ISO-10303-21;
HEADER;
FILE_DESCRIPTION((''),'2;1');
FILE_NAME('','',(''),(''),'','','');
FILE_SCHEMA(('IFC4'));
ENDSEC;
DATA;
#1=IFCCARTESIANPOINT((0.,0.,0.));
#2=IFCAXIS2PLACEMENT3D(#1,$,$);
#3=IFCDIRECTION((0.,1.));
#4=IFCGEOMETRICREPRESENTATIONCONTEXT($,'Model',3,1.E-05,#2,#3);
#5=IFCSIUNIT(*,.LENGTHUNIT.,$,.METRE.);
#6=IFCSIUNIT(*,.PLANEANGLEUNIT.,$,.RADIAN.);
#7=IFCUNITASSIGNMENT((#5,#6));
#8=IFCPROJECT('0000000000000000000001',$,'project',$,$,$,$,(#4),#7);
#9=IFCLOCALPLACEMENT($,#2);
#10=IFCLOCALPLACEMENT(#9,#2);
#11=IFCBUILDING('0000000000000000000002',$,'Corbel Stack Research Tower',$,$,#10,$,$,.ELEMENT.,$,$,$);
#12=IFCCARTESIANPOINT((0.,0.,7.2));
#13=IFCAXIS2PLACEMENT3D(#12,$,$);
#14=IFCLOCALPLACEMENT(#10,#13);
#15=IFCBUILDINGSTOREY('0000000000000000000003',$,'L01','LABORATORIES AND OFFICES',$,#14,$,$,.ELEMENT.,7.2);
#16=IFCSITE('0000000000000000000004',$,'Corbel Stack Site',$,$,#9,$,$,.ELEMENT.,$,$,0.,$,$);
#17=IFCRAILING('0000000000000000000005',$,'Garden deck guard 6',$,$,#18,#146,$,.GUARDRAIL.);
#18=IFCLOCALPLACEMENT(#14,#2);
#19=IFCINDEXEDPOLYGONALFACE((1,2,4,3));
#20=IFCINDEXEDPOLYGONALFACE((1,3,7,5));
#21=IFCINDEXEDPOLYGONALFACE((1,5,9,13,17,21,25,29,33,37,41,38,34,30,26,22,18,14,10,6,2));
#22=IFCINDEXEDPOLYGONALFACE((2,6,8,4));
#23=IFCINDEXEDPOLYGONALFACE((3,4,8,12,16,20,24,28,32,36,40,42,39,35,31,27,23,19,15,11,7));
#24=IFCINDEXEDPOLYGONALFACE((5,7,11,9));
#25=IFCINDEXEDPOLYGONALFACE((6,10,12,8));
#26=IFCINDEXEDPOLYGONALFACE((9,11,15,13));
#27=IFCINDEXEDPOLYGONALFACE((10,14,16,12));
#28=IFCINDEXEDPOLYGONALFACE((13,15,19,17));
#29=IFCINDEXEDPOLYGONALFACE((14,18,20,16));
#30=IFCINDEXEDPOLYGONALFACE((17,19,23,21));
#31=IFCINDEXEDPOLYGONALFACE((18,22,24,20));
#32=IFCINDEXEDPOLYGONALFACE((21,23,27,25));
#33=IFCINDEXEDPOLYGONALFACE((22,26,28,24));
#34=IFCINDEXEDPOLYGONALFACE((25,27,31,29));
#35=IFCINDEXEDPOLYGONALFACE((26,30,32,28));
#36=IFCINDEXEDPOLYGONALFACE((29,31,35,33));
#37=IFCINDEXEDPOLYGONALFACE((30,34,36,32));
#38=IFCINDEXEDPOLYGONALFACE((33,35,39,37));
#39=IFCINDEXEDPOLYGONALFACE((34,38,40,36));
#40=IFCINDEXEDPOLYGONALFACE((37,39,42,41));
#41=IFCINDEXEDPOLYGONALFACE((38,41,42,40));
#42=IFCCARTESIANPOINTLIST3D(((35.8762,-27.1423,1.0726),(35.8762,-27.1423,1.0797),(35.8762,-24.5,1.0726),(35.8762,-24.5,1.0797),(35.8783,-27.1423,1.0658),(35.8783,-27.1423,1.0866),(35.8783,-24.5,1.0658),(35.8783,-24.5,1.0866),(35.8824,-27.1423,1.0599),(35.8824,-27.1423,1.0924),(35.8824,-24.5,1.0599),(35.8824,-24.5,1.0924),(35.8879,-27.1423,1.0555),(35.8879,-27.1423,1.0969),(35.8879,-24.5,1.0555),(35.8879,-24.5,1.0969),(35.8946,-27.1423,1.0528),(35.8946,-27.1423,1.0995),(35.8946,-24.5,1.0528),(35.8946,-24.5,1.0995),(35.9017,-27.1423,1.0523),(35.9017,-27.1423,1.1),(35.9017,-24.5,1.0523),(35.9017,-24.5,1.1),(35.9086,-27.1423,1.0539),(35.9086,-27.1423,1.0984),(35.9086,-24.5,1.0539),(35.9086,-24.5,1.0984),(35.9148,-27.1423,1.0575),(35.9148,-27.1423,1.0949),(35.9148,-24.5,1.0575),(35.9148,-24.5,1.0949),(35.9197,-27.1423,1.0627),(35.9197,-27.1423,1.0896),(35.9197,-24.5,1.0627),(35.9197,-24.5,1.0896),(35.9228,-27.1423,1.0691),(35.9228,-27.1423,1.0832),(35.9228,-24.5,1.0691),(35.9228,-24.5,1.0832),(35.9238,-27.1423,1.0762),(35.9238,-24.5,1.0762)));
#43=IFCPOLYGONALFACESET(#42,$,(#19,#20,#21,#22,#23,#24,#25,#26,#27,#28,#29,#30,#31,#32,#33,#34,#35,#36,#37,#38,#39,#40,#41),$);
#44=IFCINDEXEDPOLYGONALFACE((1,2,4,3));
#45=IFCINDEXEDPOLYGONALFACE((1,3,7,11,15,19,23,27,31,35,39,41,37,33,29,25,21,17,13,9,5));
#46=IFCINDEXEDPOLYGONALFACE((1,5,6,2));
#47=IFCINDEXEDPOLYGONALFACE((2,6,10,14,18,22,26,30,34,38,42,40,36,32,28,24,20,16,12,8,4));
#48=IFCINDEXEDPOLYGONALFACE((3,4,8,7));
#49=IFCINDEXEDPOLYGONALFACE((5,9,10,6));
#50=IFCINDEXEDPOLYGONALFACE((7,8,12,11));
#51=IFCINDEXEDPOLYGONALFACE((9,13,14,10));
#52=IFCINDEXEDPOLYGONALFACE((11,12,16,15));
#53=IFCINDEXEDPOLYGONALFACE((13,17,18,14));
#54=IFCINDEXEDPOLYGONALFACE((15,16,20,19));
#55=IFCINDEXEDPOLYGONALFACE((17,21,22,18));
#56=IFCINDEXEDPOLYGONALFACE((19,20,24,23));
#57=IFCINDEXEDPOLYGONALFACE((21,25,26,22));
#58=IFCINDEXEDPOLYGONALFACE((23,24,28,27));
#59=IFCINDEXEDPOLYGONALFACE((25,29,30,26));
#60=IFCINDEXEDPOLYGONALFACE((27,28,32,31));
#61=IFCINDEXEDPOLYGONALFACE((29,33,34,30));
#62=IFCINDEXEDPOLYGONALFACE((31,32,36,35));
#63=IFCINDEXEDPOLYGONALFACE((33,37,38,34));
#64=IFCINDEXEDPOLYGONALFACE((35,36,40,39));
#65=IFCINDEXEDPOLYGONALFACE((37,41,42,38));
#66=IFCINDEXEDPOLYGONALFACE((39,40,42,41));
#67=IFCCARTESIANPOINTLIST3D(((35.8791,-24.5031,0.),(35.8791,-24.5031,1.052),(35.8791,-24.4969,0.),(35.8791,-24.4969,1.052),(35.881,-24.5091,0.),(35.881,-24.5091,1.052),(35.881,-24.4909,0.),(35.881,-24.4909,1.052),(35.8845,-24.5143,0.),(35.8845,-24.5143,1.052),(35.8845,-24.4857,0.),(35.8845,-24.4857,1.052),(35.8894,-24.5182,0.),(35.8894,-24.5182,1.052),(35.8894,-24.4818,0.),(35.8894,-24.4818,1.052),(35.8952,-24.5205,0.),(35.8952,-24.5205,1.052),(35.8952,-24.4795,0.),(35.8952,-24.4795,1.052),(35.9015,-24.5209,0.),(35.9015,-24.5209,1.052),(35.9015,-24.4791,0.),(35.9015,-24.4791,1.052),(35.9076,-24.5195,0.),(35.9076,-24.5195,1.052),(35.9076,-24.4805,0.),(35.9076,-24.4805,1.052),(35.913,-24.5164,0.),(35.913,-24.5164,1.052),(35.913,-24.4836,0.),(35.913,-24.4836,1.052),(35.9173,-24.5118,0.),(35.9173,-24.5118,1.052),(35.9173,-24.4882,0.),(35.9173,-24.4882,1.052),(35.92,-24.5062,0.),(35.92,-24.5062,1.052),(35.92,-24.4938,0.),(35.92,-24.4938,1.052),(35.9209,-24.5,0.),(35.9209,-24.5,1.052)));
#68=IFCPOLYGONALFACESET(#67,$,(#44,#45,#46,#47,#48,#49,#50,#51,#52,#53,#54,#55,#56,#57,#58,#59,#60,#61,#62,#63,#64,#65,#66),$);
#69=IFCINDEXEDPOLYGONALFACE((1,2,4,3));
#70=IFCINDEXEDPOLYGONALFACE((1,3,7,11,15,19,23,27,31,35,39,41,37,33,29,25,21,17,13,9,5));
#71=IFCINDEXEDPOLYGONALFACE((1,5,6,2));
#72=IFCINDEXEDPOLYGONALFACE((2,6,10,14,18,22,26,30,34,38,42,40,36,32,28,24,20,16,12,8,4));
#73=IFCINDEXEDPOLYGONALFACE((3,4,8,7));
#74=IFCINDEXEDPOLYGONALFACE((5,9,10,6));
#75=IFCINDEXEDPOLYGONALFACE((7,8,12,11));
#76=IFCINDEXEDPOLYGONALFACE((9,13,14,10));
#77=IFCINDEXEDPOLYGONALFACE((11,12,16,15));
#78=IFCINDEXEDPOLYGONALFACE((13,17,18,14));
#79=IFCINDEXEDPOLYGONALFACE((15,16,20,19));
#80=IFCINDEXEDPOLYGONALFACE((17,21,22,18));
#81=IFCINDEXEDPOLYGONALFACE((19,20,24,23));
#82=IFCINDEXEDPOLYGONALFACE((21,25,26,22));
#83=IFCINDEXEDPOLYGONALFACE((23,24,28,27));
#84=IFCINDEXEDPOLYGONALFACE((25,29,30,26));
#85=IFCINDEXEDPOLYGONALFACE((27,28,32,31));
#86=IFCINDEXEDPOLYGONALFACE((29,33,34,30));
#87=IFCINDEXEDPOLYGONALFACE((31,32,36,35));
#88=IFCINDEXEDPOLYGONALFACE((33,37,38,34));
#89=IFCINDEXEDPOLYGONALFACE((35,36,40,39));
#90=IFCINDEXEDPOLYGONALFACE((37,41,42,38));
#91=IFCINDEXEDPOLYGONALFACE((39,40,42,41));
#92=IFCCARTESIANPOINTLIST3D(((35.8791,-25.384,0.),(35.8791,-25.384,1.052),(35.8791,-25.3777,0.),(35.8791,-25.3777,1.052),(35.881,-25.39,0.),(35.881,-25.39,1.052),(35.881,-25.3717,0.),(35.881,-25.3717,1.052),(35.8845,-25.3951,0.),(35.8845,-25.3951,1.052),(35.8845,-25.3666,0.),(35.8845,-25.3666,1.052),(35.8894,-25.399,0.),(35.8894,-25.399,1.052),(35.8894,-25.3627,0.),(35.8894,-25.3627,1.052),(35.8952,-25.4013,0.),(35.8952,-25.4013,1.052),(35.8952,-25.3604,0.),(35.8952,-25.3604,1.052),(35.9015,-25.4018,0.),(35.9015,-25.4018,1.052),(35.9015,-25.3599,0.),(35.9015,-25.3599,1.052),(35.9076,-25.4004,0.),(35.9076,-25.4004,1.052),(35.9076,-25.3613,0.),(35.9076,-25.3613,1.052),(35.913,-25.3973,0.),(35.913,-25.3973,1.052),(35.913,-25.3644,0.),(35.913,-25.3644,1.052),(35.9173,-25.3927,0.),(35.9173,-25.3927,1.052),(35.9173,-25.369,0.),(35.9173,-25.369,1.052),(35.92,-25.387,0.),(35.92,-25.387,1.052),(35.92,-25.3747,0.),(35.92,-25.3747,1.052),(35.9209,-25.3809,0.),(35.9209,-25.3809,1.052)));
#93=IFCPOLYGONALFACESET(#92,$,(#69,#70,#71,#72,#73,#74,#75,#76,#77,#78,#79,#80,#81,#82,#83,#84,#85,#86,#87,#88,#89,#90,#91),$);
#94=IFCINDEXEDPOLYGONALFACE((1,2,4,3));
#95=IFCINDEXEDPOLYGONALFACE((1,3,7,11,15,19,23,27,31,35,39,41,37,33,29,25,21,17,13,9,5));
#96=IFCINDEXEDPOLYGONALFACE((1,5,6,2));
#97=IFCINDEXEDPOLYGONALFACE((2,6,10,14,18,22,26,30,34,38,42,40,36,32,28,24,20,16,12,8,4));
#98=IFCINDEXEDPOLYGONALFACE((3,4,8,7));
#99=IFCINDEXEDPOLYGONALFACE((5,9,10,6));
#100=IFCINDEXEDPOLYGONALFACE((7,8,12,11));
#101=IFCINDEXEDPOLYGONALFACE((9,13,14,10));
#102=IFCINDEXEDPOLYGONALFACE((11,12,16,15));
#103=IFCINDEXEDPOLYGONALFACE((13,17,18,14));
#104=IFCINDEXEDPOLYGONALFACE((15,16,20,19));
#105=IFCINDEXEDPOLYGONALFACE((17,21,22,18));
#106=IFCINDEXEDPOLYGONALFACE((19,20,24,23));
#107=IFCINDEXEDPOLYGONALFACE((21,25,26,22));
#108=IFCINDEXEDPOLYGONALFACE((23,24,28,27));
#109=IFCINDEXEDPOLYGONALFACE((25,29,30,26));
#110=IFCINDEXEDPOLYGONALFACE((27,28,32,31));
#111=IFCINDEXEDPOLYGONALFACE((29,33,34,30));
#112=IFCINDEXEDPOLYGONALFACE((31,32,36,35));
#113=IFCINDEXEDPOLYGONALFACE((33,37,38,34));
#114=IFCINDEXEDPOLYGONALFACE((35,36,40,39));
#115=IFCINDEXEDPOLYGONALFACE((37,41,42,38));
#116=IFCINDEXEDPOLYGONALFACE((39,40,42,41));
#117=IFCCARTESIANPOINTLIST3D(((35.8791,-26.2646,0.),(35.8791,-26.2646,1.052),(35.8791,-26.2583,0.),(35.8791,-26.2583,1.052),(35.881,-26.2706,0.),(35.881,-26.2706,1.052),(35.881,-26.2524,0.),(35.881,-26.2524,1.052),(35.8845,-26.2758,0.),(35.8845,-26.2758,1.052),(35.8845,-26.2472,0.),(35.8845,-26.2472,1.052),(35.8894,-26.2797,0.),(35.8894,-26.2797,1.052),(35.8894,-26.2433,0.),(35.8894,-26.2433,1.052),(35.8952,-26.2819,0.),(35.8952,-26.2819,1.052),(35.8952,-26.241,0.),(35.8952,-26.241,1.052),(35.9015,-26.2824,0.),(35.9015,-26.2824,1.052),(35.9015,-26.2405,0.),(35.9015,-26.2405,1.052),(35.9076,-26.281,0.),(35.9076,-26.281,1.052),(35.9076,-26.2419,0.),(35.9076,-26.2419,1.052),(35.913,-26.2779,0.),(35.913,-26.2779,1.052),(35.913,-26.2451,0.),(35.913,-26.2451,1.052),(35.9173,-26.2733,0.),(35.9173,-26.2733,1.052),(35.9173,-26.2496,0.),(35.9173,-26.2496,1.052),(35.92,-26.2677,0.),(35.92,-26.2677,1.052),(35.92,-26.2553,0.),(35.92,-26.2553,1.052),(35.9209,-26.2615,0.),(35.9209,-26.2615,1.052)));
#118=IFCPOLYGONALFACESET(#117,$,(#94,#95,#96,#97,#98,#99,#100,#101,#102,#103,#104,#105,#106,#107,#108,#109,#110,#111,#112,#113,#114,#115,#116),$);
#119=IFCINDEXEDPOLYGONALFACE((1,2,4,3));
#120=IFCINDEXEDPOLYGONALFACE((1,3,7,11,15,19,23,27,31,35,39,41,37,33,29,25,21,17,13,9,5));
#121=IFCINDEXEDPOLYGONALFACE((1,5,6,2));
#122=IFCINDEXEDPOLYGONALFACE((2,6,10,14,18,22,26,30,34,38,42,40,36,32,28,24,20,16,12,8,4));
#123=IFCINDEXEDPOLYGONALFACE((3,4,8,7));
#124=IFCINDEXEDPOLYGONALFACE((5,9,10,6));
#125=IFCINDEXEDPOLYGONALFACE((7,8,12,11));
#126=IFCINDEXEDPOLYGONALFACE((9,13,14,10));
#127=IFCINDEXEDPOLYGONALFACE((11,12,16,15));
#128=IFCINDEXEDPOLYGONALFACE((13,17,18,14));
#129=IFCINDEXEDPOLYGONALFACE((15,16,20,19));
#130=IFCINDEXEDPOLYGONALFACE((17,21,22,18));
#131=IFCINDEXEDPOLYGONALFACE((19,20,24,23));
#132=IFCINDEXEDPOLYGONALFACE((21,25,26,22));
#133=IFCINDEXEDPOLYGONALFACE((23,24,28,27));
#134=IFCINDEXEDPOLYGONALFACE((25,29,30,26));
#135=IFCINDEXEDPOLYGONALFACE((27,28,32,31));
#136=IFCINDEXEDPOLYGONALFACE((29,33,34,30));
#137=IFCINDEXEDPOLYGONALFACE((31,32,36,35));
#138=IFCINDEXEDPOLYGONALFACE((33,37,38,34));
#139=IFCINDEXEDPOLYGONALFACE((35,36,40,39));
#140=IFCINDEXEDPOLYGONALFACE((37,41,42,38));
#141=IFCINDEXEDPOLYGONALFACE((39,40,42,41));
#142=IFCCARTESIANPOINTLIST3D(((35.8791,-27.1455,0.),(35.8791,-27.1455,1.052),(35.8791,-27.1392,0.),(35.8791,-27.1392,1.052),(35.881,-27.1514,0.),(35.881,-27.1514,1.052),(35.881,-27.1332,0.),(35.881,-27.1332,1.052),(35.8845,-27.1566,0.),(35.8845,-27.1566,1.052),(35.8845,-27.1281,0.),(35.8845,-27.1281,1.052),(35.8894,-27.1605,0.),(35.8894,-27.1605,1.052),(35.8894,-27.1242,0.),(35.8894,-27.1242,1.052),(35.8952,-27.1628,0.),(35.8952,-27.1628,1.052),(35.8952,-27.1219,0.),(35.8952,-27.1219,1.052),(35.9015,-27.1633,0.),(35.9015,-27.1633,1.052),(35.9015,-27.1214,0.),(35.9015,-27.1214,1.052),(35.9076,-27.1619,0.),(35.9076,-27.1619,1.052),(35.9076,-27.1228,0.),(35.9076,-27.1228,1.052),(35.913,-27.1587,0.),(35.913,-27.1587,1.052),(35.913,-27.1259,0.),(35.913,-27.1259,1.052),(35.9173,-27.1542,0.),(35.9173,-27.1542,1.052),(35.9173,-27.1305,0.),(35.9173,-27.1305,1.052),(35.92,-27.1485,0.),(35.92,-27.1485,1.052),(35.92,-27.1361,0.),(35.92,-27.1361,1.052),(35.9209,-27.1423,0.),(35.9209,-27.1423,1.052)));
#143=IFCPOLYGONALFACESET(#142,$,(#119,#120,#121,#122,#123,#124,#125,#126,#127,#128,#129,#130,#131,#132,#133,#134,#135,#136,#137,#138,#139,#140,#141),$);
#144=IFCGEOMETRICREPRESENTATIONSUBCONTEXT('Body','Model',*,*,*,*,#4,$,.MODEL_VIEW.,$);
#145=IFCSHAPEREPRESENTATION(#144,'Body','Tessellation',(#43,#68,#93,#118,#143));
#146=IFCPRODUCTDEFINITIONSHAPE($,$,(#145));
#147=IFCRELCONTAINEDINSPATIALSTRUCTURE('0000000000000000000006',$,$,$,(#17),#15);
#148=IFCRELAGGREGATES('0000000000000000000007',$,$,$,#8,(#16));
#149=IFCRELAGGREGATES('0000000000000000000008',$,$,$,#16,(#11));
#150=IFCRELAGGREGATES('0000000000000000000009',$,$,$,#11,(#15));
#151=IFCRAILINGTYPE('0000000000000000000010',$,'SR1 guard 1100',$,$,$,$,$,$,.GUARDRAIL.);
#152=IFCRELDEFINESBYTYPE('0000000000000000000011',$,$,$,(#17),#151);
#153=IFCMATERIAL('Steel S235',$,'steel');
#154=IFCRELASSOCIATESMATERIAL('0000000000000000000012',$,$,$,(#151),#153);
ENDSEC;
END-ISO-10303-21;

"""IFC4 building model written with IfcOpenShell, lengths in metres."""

from ifc_helpers import new_model, si_unit, direction, frame, origin, origin_2d, place, context, subcontext, project, spatial, circle, extrude, material, type_object, element, save


model = new_model("IFC4")

# Units and contexts
model_context = context("Model", 3, precision=1e-05, world=origin(), true_north=direction((0.0, 1.0)))
body_context = subcontext(model_context, "Body", "Model", "MODEL_VIEW")
ifc_project = project(units=[si_unit("LENGTHUNIT", "METRE"), si_unit("PLANEANGLEUNIT", "RADIAN")], contexts=[model_context])

# Site, building, storey
site_placement = place(None, origin())
site = spatial("IfcSite", under=ifc_project, at=site_placement, Name="Corbel Stack Site", CompositionType="ELEMENT", RefElevation=0.0)
building_placement = place(site_placement, origin())
building = spatial("IfcBuilding", under=site, at=building_placement, Name="Corbel Stack Research Tower", CompositionType="ELEMENT")
storey_placement = place(building_placement, frame((0.0, 0.0, 7.2)))
storey = spatial("IfcBuildingStorey", under=building, at=storey_placement, Name="L01", Description="LABORATORIES AND OFFICES", CompositionType="ELEMENT", Elevation=7.2)

# Railing
ifc_material_1 = material(Name="Steel S235", Category="steel")
railing_type_1 = type_object("IfcRailingType", Name="SR1 guard 1100", PredefinedType="GUARDRAIL", material=ifc_material_1)
railing_1_placement = place(storey_placement, frame((35.8999, -24.5, 0.0)))
element("IfcRailing", 1, at=railing_1_placement, inside=storey, type_object=railing_type_1, Name="Garden deck guard 6", PredefinedType="GUARDRAIL", context=body_context, shape_type="SweptSolid", body=[
    extrude(circle(Radius=0.0239, at=origin_2d()), frame((0.0, 0.0, 1.0762), z_axis=(0.0, -1.0, 0.0), x_axis=(1.0, 0.0, 0.0)), (0.0, 0.0, 1.0), 2.6423),
    extrude(circle(Radius=0.021, at=origin_2d()), origin(), (0.0, 0.0, 1.0), 1.052),
    extrude(circle(Radius=0.021, at=origin_2d()), frame((0.0, -0.8809, 0.0)), (0.0, 0.0, 1.0), 1.052),
    extrude(circle(Radius=0.021, at=origin_2d()), frame((0.0, -1.7615, 0.0)), (0.0, 0.0, 1.0), 1.052),
    extrude(circle(Radius=0.021, at=origin_2d()), frame((0.0, -2.6423, 0.0)), (0.0, 0.0, 1.0), 1.052),
])

save(model, "model.ifc")
